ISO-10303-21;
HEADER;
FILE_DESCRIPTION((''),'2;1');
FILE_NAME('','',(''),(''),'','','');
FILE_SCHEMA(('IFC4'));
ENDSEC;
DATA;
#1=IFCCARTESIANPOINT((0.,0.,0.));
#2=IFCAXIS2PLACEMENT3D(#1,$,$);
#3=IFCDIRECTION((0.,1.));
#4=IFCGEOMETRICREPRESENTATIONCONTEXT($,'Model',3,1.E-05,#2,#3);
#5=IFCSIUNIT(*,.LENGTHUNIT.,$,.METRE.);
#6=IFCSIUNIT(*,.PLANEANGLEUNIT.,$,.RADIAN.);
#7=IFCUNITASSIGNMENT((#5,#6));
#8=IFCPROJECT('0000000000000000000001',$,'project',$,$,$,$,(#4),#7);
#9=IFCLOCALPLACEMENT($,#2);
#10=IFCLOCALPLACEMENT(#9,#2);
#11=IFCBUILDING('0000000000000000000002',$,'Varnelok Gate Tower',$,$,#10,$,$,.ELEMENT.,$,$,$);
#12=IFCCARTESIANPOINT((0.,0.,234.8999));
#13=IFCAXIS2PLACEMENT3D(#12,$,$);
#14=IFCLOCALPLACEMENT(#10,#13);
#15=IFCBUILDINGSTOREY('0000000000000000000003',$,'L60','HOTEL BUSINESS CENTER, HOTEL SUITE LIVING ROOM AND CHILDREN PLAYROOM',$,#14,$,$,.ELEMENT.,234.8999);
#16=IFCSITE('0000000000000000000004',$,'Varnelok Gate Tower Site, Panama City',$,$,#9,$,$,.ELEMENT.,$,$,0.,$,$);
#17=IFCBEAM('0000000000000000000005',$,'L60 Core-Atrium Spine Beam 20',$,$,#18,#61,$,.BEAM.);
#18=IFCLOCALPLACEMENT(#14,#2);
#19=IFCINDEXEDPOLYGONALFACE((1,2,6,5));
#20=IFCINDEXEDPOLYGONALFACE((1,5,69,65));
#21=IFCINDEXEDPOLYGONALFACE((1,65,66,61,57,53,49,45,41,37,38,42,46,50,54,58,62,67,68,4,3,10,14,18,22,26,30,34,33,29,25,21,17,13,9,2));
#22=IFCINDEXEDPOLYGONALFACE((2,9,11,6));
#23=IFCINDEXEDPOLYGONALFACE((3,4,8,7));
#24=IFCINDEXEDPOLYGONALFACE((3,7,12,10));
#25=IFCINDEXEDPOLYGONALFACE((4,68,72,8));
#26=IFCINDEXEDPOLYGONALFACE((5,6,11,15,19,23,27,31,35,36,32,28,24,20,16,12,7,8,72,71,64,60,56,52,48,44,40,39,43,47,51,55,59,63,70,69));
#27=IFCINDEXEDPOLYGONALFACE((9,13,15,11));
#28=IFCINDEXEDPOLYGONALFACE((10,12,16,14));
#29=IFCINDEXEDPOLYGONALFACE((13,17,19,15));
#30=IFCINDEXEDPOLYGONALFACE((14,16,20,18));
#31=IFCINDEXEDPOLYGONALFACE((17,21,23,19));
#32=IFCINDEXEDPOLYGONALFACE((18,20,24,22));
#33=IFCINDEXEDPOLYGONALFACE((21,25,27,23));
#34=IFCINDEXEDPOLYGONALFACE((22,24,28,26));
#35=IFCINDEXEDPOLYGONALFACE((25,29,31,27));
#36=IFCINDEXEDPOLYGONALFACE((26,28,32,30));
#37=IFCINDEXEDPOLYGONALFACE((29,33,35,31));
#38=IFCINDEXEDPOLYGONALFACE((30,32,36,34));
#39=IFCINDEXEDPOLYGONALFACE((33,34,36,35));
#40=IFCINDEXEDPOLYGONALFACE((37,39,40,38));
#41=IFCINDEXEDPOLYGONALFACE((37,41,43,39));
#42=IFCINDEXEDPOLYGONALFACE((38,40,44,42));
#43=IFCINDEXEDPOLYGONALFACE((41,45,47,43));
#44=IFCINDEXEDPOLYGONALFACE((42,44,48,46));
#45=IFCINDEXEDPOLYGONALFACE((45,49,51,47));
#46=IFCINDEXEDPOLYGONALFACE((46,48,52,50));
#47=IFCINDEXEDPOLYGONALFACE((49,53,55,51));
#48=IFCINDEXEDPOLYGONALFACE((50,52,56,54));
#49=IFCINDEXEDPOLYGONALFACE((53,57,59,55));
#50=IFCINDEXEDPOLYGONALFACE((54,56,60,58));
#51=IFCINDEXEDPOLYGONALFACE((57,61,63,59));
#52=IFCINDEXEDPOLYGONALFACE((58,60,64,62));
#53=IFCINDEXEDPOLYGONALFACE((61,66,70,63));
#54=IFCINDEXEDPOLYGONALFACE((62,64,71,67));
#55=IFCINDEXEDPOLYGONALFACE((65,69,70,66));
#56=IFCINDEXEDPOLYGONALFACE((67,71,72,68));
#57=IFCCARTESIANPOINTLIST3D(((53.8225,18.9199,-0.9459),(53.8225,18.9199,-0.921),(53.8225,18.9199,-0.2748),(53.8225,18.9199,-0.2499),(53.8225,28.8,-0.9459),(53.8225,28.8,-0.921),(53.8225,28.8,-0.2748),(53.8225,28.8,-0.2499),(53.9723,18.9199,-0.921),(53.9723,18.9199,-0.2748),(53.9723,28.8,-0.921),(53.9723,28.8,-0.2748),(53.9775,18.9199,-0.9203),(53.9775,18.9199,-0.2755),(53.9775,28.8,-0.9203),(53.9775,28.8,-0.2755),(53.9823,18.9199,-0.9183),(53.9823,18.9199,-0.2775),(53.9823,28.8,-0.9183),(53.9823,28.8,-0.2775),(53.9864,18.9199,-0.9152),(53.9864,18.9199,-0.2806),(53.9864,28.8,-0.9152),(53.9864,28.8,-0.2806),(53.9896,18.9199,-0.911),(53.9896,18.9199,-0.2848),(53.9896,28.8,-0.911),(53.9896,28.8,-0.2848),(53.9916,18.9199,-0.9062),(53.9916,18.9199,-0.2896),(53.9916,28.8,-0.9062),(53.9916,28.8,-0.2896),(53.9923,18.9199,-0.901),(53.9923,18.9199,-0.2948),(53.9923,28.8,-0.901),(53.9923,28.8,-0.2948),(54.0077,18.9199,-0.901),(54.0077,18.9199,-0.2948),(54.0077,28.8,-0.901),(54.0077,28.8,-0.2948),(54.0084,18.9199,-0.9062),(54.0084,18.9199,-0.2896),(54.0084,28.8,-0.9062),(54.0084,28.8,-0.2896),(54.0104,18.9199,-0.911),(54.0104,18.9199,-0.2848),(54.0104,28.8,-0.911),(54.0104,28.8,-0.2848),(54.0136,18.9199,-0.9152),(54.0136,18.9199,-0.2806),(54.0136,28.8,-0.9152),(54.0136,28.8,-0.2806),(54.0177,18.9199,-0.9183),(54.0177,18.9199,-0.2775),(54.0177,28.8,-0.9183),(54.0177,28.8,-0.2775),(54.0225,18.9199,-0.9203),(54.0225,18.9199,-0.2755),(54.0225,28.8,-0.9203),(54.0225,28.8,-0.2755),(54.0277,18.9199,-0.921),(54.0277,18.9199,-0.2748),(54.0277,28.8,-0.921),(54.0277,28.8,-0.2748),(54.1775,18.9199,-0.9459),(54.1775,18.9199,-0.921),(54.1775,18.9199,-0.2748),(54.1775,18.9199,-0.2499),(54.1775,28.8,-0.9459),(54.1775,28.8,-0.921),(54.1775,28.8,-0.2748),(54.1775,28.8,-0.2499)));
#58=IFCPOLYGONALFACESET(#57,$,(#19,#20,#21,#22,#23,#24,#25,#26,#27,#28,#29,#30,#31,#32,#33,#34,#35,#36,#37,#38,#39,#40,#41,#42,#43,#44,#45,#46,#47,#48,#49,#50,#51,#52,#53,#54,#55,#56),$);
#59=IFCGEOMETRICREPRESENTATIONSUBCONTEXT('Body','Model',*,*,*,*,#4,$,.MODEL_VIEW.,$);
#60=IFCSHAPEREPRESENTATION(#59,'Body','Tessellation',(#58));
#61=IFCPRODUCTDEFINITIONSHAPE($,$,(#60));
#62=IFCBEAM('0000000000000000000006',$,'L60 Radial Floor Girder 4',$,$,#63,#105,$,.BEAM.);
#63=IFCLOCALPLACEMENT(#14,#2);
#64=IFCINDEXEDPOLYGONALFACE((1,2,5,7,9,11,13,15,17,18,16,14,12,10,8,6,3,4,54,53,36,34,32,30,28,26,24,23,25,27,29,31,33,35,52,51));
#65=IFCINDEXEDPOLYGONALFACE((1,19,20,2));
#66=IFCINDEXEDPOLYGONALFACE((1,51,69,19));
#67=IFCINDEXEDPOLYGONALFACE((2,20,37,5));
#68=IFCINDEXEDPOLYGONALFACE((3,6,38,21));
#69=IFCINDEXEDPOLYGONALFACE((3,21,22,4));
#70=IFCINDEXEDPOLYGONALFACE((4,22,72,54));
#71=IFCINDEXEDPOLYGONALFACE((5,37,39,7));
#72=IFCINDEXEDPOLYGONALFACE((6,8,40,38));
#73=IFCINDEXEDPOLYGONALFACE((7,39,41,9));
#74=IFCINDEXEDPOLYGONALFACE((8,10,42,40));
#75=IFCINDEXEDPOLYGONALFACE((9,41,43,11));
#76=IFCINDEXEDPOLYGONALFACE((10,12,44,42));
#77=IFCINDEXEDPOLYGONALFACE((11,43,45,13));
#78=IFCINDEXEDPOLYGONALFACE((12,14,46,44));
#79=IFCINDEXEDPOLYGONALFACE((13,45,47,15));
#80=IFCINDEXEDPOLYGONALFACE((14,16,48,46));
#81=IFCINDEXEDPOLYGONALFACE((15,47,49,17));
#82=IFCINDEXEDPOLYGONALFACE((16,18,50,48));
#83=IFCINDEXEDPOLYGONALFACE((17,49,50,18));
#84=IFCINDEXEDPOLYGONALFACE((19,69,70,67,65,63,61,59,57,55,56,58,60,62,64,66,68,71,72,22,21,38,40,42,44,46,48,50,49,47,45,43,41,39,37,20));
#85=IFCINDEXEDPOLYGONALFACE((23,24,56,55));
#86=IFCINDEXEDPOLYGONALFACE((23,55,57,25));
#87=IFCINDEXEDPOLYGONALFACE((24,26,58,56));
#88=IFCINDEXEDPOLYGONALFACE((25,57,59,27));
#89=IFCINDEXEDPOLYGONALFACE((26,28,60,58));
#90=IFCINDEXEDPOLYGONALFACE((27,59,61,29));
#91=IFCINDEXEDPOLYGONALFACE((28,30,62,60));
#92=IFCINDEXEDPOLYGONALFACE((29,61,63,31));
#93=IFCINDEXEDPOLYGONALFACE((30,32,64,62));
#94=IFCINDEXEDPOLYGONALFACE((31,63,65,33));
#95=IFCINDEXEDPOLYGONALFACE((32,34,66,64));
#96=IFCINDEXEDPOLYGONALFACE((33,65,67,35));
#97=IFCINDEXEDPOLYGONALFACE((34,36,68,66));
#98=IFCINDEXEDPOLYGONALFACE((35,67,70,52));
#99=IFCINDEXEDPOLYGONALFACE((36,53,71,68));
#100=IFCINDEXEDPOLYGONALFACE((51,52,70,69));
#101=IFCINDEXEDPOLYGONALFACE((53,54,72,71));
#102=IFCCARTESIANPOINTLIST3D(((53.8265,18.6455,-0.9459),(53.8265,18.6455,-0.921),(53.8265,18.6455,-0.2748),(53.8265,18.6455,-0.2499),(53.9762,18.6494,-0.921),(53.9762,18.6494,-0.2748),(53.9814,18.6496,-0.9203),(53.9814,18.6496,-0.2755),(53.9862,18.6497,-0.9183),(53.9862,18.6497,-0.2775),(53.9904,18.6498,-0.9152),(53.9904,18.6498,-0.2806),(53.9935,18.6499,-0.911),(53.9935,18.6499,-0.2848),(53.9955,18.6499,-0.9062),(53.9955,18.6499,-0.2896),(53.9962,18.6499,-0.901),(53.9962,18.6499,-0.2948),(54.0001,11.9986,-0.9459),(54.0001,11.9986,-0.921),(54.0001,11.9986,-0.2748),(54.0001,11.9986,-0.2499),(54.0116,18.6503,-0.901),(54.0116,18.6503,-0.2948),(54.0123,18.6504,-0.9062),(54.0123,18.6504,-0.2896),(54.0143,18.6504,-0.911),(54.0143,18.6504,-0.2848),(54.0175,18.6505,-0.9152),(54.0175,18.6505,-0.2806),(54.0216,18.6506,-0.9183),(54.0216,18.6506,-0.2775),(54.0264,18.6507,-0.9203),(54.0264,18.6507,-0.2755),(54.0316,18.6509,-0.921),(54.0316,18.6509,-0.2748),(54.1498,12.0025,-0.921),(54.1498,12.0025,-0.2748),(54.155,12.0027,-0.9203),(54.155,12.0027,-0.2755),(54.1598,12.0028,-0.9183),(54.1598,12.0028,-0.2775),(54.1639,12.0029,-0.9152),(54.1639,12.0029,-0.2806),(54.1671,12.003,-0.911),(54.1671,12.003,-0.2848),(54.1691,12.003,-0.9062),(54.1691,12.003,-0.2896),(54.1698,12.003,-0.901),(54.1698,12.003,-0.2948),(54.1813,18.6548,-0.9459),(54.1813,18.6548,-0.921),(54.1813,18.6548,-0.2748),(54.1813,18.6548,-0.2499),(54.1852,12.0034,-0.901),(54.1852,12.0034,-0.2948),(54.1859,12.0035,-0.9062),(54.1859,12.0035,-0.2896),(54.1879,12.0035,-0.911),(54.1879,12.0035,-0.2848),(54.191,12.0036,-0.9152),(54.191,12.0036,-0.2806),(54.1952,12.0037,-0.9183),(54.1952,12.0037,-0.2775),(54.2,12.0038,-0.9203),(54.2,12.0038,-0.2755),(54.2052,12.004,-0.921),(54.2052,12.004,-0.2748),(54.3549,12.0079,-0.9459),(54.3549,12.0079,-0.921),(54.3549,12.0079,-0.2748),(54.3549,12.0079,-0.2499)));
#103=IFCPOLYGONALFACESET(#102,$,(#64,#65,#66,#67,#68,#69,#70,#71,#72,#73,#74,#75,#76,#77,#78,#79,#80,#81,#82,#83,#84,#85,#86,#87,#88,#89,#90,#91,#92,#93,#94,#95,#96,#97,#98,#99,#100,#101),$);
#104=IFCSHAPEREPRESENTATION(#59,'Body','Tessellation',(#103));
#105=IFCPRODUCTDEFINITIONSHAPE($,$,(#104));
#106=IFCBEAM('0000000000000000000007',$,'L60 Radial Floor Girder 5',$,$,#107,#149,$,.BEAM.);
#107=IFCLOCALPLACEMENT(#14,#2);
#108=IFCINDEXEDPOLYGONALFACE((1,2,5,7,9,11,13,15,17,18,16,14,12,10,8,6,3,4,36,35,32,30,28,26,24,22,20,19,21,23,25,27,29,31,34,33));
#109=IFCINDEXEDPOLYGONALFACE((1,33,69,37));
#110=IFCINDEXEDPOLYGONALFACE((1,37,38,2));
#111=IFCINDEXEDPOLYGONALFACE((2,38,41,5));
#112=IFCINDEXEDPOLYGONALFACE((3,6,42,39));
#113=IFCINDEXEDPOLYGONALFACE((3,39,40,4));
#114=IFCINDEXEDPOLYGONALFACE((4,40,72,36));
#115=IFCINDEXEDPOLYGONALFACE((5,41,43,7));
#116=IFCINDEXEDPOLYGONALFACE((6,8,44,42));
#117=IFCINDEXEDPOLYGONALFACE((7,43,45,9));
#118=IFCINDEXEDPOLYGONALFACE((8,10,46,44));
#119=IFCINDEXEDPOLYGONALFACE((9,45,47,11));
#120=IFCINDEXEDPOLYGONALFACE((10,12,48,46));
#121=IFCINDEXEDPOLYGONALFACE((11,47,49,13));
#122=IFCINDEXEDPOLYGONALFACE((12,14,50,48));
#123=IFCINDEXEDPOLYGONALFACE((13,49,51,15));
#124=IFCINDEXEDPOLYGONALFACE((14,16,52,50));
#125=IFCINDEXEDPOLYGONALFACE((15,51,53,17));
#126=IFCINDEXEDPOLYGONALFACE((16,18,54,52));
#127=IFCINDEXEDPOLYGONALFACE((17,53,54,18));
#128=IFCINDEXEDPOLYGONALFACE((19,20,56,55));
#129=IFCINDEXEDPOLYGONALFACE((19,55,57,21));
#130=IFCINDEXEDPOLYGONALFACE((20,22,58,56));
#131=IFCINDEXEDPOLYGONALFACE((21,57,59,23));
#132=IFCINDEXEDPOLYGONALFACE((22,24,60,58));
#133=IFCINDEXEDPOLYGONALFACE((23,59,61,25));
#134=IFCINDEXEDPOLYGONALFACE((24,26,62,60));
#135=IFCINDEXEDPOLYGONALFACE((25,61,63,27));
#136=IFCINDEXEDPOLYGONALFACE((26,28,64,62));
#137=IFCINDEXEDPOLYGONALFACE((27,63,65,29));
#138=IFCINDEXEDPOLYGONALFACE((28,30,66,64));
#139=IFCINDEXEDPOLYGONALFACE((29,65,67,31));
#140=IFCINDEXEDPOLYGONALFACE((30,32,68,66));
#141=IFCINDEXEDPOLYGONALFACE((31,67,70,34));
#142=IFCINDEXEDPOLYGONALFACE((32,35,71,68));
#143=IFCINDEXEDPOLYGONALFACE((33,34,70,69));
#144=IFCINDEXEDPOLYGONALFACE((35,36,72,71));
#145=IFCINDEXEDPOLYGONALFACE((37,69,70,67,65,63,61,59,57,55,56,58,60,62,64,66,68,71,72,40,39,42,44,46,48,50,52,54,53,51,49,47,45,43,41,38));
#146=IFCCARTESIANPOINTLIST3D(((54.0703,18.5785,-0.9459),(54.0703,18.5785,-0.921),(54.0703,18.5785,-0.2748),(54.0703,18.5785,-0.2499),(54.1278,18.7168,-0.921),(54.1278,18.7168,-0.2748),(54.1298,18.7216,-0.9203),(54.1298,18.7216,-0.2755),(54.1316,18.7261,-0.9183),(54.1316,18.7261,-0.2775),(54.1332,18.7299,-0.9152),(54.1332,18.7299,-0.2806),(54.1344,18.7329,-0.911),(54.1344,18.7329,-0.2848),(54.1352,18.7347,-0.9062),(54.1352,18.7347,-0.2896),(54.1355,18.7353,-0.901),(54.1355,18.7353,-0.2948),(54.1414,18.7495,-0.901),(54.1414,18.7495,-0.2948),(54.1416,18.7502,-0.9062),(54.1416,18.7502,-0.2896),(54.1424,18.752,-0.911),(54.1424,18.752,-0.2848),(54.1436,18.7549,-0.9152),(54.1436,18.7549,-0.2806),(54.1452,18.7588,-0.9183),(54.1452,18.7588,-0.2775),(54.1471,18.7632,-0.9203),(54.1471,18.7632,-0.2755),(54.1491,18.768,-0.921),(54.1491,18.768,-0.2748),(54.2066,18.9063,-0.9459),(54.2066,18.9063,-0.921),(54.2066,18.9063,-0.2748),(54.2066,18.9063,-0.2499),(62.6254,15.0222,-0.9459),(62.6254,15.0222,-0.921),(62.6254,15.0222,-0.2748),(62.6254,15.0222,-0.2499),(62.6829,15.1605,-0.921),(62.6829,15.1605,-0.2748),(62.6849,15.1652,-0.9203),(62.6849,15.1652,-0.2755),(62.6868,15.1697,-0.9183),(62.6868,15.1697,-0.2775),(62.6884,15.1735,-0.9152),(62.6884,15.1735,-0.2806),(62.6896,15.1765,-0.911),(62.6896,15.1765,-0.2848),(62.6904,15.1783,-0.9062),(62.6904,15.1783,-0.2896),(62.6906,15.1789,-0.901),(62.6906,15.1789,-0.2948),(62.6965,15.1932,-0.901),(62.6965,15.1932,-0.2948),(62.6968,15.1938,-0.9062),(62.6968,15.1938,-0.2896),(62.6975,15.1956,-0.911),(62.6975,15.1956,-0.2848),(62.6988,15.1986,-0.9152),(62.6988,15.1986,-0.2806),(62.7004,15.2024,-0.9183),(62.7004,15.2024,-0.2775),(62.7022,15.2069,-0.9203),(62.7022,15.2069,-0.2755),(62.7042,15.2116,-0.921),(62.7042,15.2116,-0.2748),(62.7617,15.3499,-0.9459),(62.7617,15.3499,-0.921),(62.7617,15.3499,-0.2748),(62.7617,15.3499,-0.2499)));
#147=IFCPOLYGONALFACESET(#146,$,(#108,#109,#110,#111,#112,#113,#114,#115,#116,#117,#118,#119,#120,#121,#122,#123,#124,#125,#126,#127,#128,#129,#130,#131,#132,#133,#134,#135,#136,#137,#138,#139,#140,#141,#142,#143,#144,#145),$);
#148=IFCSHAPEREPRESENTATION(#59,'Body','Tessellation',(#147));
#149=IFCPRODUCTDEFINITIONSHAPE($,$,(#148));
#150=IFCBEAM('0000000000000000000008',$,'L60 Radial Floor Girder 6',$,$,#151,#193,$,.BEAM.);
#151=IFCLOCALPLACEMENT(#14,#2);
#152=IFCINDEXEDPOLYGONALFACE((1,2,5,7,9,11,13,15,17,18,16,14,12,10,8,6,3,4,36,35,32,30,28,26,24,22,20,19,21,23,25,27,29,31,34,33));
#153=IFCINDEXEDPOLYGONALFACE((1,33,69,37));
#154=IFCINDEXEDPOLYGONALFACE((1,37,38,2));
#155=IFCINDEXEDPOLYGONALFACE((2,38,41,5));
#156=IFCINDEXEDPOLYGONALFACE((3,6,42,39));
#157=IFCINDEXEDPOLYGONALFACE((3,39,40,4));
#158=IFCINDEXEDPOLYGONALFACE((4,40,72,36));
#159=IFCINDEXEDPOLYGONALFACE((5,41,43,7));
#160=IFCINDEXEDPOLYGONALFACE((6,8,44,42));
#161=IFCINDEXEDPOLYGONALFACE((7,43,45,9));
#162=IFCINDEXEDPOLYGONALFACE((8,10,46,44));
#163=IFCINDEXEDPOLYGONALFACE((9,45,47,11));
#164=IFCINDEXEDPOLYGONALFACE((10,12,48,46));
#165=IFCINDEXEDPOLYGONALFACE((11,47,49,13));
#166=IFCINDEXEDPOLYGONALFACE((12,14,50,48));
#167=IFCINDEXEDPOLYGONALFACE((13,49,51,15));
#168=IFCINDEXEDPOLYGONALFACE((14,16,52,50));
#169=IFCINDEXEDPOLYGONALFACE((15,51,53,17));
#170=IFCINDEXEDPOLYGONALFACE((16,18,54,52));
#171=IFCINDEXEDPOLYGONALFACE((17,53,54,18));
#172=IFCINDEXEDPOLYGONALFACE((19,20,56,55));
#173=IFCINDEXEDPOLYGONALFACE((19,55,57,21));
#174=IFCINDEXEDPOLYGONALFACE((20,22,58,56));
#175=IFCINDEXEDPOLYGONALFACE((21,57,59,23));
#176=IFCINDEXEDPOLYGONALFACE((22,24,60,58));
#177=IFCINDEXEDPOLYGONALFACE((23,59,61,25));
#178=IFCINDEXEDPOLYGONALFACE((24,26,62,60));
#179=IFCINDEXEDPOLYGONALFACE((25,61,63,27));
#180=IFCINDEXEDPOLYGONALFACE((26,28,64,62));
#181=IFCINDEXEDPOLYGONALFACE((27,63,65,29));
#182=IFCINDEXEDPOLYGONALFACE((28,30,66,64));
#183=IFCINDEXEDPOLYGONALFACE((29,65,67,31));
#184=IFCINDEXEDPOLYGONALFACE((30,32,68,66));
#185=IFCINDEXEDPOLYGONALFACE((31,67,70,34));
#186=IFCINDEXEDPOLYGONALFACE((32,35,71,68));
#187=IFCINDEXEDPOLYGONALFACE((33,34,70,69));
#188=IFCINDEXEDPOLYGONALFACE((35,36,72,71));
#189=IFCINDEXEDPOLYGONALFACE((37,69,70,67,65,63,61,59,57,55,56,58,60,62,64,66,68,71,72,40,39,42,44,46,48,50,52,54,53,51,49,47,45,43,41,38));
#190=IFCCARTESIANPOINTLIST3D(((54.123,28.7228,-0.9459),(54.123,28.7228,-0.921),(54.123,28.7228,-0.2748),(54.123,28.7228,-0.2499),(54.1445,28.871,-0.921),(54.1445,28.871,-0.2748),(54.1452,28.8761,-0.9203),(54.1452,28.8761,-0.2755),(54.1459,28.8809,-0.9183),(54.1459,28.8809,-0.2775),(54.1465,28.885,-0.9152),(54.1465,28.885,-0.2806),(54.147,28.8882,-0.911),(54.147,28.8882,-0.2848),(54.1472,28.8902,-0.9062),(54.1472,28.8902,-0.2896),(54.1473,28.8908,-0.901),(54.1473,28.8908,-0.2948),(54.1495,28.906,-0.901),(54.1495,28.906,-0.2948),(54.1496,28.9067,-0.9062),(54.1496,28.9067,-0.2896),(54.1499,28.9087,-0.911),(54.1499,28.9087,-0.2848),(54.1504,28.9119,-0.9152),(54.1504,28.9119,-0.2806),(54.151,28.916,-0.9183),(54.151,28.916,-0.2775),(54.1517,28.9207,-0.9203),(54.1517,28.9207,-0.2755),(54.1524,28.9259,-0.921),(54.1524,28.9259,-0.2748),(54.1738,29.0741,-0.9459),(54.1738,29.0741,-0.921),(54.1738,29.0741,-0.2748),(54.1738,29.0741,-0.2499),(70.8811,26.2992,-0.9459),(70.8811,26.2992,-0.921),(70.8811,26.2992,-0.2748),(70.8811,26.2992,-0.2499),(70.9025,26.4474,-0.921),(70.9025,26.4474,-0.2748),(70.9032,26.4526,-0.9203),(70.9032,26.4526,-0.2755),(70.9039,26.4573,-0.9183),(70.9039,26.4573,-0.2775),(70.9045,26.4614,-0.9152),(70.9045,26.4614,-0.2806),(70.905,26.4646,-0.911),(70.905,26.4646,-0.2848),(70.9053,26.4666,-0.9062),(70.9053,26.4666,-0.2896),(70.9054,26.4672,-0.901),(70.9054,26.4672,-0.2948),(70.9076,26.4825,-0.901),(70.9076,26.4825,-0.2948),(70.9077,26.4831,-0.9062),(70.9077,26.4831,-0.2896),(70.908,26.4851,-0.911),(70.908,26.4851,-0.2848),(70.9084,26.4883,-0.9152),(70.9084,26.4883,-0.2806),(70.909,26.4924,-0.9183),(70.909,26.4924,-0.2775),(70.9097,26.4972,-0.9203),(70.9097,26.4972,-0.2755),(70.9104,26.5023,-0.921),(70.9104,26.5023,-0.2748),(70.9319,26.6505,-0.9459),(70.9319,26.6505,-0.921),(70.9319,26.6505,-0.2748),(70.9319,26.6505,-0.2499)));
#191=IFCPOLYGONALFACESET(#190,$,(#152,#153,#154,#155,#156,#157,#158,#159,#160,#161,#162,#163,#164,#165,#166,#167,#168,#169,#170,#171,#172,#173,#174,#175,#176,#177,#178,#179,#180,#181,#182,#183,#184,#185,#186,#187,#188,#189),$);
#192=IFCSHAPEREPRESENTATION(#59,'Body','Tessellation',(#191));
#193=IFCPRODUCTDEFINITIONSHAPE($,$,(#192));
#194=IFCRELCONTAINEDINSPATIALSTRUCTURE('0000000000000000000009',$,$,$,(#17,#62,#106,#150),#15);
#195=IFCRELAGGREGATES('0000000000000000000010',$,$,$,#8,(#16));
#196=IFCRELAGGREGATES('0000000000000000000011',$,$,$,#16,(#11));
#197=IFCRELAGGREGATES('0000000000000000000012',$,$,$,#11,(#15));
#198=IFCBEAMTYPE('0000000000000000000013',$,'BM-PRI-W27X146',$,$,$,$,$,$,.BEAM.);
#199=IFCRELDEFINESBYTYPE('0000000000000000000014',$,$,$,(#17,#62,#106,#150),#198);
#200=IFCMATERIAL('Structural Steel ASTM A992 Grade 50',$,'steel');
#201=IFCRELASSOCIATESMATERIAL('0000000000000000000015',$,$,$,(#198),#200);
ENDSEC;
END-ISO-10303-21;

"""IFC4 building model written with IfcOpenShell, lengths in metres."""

from ifc_helpers import new_model, si_unit, direction, frame, origin, origin_2d, place, context, subcontext, project, spatial, i_section, extrude, material, material_profile, profile_set, type_object, element, save


model = new_model("IFC4")

# Units and contexts
model_context = context("Model", 3, precision=1e-05, world=origin(), true_north=direction((0.0, 1.0)))
body_context = subcontext(model_context, "Body", "Model", "MODEL_VIEW")
ifc_project = project(units=[si_unit("LENGTHUNIT", "METRE"), si_unit("PLANEANGLEUNIT", "RADIAN")], contexts=[model_context])

# Site, building, storey
site_placement = place(None, origin())
site = spatial("IfcSite", under=ifc_project, at=site_placement, Name="Varnelok Gate Tower Site, Panama City", CompositionType="ELEMENT", RefElevation=0.0)
building_placement = place(site_placement, origin())
building = spatial("IfcBuilding", under=site, at=building_placement, Name="Varnelok Gate Tower", CompositionType="ELEMENT")
storey_placement = place(building_placement, frame((0.0, 0.0, 234.8999)))
storey = spatial("IfcBuildingStorey", under=building, at=storey_placement, Name="L60", Description="HOTEL BUSINESS CENTER, HOTEL SUITE LIVING ROOM AND CHILDREN PLAYROOM", CompositionType="ELEMENT", Elevation=234.8999)

# Shared definitions
ifc_material_1 = material(Name="Structural Steel ASTM A992 Grade 50", Category="steel")

# Beams
ifc_material_profile_1 = material_profile(ifc_material_1, i_section(OverallWidth=0.355, OverallDepth=0.696, WebThickness=0.0154, FlangeThickness=0.0249, FilletRadius=0.02, at=origin_2d()), Name="W27X146")
ifc_profile_set_1 = profile_set([ifc_material_profile_1], Name="Structural Steel ASTM A992 Grade 50")
beam_type_1 = type_object("IfcBeamType", Name="BM-PRI-W27X146", PredefinedType="BEAM", material=ifc_profile_set_1)
beam_1_placement = place(storey_placement, frame((54.0, 18.9199, -0.5979), z_axis=(0.0, 1.0, 0.0), x_axis=(-1.0, 0.0, 0.0)))
element("IfcBeam", 1, at=beam_1_placement, inside=storey, type_object=beam_type_1, Name="L60 Core-Atrium Spine Beam 20", PredefinedType="BEAM", context=body_context, shape_type="SweptSolid", body=[
    extrude(i_section(OverallWidth=0.355, OverallDepth=0.696, WebThickness=0.0154, FlangeThickness=0.0249, FilletRadius=0.02, at=origin_2d()), origin(), (0.0, 0.0, 1.0), 9.8801),
])
beam_2_placement = place(storey_placement, frame((54.0039, 18.6501, -0.5979), z_axis=(0.026106, -0.999659, 0.0), x_axis=(0.999659, 0.026106, 0.0)))
element("IfcBeam", 2, at=beam_2_placement, inside=storey, type_object=beam_type_1, Name="L60 Radial Floor Girder 4", PredefinedType="BEAM", context=body_context, shape_type="SweptSolid", body=[
    extrude(i_section(OverallWidth=0.355, OverallDepth=0.696, WebThickness=0.0154, FlangeThickness=0.0249, FilletRadius=0.02, at=origin_2d()), origin(), (0.0, 0.0, 1.0), 6.6492),
])
beam_3_placement = place(storey_placement, frame((54.1384, 18.7424, -0.5979), z_axis=(0.923393, -0.383856, 0.0), x_axis=(0.383856, 0.923393, 0.0)))
element("IfcBeam", 3, at=beam_3_placement, inside=storey, type_object=beam_type_1, Name="L60 Radial Floor Girder 5", PredefinedType="BEAM", context=body_context, shape_type="SweptSolid", body=[
    extrude(i_section(OverallWidth=0.355, OverallDepth=0.696, WebThickness=0.0154, FlangeThickness=0.0249, FilletRadius=0.02, at=origin_2d()), origin(), (0.0, 0.0, 1.0), 9.2649),
])
beam_4_placement = place(storey_placement, frame((54.1484, 28.8984, -0.5979), z_axis=(0.989703, -0.143133, 0.0), x_axis=(0.143133, 0.989703, 0.0)))
element("IfcBeam", 4, at=beam_4_placement, inside=storey, type_object=beam_type_1, Name="L60 Radial Floor Girder 6", PredefinedType="BEAM", context=body_context, shape_type="SweptSolid", body=[
    extrude(i_section(OverallWidth=0.355, OverallDepth=0.696, WebThickness=0.0154, FlangeThickness=0.0249, FilletRadius=0.02, at=origin_2d()), origin(), (0.0, 0.0, 1.0), 16.9324),
])

save(model, "model.ifc")
